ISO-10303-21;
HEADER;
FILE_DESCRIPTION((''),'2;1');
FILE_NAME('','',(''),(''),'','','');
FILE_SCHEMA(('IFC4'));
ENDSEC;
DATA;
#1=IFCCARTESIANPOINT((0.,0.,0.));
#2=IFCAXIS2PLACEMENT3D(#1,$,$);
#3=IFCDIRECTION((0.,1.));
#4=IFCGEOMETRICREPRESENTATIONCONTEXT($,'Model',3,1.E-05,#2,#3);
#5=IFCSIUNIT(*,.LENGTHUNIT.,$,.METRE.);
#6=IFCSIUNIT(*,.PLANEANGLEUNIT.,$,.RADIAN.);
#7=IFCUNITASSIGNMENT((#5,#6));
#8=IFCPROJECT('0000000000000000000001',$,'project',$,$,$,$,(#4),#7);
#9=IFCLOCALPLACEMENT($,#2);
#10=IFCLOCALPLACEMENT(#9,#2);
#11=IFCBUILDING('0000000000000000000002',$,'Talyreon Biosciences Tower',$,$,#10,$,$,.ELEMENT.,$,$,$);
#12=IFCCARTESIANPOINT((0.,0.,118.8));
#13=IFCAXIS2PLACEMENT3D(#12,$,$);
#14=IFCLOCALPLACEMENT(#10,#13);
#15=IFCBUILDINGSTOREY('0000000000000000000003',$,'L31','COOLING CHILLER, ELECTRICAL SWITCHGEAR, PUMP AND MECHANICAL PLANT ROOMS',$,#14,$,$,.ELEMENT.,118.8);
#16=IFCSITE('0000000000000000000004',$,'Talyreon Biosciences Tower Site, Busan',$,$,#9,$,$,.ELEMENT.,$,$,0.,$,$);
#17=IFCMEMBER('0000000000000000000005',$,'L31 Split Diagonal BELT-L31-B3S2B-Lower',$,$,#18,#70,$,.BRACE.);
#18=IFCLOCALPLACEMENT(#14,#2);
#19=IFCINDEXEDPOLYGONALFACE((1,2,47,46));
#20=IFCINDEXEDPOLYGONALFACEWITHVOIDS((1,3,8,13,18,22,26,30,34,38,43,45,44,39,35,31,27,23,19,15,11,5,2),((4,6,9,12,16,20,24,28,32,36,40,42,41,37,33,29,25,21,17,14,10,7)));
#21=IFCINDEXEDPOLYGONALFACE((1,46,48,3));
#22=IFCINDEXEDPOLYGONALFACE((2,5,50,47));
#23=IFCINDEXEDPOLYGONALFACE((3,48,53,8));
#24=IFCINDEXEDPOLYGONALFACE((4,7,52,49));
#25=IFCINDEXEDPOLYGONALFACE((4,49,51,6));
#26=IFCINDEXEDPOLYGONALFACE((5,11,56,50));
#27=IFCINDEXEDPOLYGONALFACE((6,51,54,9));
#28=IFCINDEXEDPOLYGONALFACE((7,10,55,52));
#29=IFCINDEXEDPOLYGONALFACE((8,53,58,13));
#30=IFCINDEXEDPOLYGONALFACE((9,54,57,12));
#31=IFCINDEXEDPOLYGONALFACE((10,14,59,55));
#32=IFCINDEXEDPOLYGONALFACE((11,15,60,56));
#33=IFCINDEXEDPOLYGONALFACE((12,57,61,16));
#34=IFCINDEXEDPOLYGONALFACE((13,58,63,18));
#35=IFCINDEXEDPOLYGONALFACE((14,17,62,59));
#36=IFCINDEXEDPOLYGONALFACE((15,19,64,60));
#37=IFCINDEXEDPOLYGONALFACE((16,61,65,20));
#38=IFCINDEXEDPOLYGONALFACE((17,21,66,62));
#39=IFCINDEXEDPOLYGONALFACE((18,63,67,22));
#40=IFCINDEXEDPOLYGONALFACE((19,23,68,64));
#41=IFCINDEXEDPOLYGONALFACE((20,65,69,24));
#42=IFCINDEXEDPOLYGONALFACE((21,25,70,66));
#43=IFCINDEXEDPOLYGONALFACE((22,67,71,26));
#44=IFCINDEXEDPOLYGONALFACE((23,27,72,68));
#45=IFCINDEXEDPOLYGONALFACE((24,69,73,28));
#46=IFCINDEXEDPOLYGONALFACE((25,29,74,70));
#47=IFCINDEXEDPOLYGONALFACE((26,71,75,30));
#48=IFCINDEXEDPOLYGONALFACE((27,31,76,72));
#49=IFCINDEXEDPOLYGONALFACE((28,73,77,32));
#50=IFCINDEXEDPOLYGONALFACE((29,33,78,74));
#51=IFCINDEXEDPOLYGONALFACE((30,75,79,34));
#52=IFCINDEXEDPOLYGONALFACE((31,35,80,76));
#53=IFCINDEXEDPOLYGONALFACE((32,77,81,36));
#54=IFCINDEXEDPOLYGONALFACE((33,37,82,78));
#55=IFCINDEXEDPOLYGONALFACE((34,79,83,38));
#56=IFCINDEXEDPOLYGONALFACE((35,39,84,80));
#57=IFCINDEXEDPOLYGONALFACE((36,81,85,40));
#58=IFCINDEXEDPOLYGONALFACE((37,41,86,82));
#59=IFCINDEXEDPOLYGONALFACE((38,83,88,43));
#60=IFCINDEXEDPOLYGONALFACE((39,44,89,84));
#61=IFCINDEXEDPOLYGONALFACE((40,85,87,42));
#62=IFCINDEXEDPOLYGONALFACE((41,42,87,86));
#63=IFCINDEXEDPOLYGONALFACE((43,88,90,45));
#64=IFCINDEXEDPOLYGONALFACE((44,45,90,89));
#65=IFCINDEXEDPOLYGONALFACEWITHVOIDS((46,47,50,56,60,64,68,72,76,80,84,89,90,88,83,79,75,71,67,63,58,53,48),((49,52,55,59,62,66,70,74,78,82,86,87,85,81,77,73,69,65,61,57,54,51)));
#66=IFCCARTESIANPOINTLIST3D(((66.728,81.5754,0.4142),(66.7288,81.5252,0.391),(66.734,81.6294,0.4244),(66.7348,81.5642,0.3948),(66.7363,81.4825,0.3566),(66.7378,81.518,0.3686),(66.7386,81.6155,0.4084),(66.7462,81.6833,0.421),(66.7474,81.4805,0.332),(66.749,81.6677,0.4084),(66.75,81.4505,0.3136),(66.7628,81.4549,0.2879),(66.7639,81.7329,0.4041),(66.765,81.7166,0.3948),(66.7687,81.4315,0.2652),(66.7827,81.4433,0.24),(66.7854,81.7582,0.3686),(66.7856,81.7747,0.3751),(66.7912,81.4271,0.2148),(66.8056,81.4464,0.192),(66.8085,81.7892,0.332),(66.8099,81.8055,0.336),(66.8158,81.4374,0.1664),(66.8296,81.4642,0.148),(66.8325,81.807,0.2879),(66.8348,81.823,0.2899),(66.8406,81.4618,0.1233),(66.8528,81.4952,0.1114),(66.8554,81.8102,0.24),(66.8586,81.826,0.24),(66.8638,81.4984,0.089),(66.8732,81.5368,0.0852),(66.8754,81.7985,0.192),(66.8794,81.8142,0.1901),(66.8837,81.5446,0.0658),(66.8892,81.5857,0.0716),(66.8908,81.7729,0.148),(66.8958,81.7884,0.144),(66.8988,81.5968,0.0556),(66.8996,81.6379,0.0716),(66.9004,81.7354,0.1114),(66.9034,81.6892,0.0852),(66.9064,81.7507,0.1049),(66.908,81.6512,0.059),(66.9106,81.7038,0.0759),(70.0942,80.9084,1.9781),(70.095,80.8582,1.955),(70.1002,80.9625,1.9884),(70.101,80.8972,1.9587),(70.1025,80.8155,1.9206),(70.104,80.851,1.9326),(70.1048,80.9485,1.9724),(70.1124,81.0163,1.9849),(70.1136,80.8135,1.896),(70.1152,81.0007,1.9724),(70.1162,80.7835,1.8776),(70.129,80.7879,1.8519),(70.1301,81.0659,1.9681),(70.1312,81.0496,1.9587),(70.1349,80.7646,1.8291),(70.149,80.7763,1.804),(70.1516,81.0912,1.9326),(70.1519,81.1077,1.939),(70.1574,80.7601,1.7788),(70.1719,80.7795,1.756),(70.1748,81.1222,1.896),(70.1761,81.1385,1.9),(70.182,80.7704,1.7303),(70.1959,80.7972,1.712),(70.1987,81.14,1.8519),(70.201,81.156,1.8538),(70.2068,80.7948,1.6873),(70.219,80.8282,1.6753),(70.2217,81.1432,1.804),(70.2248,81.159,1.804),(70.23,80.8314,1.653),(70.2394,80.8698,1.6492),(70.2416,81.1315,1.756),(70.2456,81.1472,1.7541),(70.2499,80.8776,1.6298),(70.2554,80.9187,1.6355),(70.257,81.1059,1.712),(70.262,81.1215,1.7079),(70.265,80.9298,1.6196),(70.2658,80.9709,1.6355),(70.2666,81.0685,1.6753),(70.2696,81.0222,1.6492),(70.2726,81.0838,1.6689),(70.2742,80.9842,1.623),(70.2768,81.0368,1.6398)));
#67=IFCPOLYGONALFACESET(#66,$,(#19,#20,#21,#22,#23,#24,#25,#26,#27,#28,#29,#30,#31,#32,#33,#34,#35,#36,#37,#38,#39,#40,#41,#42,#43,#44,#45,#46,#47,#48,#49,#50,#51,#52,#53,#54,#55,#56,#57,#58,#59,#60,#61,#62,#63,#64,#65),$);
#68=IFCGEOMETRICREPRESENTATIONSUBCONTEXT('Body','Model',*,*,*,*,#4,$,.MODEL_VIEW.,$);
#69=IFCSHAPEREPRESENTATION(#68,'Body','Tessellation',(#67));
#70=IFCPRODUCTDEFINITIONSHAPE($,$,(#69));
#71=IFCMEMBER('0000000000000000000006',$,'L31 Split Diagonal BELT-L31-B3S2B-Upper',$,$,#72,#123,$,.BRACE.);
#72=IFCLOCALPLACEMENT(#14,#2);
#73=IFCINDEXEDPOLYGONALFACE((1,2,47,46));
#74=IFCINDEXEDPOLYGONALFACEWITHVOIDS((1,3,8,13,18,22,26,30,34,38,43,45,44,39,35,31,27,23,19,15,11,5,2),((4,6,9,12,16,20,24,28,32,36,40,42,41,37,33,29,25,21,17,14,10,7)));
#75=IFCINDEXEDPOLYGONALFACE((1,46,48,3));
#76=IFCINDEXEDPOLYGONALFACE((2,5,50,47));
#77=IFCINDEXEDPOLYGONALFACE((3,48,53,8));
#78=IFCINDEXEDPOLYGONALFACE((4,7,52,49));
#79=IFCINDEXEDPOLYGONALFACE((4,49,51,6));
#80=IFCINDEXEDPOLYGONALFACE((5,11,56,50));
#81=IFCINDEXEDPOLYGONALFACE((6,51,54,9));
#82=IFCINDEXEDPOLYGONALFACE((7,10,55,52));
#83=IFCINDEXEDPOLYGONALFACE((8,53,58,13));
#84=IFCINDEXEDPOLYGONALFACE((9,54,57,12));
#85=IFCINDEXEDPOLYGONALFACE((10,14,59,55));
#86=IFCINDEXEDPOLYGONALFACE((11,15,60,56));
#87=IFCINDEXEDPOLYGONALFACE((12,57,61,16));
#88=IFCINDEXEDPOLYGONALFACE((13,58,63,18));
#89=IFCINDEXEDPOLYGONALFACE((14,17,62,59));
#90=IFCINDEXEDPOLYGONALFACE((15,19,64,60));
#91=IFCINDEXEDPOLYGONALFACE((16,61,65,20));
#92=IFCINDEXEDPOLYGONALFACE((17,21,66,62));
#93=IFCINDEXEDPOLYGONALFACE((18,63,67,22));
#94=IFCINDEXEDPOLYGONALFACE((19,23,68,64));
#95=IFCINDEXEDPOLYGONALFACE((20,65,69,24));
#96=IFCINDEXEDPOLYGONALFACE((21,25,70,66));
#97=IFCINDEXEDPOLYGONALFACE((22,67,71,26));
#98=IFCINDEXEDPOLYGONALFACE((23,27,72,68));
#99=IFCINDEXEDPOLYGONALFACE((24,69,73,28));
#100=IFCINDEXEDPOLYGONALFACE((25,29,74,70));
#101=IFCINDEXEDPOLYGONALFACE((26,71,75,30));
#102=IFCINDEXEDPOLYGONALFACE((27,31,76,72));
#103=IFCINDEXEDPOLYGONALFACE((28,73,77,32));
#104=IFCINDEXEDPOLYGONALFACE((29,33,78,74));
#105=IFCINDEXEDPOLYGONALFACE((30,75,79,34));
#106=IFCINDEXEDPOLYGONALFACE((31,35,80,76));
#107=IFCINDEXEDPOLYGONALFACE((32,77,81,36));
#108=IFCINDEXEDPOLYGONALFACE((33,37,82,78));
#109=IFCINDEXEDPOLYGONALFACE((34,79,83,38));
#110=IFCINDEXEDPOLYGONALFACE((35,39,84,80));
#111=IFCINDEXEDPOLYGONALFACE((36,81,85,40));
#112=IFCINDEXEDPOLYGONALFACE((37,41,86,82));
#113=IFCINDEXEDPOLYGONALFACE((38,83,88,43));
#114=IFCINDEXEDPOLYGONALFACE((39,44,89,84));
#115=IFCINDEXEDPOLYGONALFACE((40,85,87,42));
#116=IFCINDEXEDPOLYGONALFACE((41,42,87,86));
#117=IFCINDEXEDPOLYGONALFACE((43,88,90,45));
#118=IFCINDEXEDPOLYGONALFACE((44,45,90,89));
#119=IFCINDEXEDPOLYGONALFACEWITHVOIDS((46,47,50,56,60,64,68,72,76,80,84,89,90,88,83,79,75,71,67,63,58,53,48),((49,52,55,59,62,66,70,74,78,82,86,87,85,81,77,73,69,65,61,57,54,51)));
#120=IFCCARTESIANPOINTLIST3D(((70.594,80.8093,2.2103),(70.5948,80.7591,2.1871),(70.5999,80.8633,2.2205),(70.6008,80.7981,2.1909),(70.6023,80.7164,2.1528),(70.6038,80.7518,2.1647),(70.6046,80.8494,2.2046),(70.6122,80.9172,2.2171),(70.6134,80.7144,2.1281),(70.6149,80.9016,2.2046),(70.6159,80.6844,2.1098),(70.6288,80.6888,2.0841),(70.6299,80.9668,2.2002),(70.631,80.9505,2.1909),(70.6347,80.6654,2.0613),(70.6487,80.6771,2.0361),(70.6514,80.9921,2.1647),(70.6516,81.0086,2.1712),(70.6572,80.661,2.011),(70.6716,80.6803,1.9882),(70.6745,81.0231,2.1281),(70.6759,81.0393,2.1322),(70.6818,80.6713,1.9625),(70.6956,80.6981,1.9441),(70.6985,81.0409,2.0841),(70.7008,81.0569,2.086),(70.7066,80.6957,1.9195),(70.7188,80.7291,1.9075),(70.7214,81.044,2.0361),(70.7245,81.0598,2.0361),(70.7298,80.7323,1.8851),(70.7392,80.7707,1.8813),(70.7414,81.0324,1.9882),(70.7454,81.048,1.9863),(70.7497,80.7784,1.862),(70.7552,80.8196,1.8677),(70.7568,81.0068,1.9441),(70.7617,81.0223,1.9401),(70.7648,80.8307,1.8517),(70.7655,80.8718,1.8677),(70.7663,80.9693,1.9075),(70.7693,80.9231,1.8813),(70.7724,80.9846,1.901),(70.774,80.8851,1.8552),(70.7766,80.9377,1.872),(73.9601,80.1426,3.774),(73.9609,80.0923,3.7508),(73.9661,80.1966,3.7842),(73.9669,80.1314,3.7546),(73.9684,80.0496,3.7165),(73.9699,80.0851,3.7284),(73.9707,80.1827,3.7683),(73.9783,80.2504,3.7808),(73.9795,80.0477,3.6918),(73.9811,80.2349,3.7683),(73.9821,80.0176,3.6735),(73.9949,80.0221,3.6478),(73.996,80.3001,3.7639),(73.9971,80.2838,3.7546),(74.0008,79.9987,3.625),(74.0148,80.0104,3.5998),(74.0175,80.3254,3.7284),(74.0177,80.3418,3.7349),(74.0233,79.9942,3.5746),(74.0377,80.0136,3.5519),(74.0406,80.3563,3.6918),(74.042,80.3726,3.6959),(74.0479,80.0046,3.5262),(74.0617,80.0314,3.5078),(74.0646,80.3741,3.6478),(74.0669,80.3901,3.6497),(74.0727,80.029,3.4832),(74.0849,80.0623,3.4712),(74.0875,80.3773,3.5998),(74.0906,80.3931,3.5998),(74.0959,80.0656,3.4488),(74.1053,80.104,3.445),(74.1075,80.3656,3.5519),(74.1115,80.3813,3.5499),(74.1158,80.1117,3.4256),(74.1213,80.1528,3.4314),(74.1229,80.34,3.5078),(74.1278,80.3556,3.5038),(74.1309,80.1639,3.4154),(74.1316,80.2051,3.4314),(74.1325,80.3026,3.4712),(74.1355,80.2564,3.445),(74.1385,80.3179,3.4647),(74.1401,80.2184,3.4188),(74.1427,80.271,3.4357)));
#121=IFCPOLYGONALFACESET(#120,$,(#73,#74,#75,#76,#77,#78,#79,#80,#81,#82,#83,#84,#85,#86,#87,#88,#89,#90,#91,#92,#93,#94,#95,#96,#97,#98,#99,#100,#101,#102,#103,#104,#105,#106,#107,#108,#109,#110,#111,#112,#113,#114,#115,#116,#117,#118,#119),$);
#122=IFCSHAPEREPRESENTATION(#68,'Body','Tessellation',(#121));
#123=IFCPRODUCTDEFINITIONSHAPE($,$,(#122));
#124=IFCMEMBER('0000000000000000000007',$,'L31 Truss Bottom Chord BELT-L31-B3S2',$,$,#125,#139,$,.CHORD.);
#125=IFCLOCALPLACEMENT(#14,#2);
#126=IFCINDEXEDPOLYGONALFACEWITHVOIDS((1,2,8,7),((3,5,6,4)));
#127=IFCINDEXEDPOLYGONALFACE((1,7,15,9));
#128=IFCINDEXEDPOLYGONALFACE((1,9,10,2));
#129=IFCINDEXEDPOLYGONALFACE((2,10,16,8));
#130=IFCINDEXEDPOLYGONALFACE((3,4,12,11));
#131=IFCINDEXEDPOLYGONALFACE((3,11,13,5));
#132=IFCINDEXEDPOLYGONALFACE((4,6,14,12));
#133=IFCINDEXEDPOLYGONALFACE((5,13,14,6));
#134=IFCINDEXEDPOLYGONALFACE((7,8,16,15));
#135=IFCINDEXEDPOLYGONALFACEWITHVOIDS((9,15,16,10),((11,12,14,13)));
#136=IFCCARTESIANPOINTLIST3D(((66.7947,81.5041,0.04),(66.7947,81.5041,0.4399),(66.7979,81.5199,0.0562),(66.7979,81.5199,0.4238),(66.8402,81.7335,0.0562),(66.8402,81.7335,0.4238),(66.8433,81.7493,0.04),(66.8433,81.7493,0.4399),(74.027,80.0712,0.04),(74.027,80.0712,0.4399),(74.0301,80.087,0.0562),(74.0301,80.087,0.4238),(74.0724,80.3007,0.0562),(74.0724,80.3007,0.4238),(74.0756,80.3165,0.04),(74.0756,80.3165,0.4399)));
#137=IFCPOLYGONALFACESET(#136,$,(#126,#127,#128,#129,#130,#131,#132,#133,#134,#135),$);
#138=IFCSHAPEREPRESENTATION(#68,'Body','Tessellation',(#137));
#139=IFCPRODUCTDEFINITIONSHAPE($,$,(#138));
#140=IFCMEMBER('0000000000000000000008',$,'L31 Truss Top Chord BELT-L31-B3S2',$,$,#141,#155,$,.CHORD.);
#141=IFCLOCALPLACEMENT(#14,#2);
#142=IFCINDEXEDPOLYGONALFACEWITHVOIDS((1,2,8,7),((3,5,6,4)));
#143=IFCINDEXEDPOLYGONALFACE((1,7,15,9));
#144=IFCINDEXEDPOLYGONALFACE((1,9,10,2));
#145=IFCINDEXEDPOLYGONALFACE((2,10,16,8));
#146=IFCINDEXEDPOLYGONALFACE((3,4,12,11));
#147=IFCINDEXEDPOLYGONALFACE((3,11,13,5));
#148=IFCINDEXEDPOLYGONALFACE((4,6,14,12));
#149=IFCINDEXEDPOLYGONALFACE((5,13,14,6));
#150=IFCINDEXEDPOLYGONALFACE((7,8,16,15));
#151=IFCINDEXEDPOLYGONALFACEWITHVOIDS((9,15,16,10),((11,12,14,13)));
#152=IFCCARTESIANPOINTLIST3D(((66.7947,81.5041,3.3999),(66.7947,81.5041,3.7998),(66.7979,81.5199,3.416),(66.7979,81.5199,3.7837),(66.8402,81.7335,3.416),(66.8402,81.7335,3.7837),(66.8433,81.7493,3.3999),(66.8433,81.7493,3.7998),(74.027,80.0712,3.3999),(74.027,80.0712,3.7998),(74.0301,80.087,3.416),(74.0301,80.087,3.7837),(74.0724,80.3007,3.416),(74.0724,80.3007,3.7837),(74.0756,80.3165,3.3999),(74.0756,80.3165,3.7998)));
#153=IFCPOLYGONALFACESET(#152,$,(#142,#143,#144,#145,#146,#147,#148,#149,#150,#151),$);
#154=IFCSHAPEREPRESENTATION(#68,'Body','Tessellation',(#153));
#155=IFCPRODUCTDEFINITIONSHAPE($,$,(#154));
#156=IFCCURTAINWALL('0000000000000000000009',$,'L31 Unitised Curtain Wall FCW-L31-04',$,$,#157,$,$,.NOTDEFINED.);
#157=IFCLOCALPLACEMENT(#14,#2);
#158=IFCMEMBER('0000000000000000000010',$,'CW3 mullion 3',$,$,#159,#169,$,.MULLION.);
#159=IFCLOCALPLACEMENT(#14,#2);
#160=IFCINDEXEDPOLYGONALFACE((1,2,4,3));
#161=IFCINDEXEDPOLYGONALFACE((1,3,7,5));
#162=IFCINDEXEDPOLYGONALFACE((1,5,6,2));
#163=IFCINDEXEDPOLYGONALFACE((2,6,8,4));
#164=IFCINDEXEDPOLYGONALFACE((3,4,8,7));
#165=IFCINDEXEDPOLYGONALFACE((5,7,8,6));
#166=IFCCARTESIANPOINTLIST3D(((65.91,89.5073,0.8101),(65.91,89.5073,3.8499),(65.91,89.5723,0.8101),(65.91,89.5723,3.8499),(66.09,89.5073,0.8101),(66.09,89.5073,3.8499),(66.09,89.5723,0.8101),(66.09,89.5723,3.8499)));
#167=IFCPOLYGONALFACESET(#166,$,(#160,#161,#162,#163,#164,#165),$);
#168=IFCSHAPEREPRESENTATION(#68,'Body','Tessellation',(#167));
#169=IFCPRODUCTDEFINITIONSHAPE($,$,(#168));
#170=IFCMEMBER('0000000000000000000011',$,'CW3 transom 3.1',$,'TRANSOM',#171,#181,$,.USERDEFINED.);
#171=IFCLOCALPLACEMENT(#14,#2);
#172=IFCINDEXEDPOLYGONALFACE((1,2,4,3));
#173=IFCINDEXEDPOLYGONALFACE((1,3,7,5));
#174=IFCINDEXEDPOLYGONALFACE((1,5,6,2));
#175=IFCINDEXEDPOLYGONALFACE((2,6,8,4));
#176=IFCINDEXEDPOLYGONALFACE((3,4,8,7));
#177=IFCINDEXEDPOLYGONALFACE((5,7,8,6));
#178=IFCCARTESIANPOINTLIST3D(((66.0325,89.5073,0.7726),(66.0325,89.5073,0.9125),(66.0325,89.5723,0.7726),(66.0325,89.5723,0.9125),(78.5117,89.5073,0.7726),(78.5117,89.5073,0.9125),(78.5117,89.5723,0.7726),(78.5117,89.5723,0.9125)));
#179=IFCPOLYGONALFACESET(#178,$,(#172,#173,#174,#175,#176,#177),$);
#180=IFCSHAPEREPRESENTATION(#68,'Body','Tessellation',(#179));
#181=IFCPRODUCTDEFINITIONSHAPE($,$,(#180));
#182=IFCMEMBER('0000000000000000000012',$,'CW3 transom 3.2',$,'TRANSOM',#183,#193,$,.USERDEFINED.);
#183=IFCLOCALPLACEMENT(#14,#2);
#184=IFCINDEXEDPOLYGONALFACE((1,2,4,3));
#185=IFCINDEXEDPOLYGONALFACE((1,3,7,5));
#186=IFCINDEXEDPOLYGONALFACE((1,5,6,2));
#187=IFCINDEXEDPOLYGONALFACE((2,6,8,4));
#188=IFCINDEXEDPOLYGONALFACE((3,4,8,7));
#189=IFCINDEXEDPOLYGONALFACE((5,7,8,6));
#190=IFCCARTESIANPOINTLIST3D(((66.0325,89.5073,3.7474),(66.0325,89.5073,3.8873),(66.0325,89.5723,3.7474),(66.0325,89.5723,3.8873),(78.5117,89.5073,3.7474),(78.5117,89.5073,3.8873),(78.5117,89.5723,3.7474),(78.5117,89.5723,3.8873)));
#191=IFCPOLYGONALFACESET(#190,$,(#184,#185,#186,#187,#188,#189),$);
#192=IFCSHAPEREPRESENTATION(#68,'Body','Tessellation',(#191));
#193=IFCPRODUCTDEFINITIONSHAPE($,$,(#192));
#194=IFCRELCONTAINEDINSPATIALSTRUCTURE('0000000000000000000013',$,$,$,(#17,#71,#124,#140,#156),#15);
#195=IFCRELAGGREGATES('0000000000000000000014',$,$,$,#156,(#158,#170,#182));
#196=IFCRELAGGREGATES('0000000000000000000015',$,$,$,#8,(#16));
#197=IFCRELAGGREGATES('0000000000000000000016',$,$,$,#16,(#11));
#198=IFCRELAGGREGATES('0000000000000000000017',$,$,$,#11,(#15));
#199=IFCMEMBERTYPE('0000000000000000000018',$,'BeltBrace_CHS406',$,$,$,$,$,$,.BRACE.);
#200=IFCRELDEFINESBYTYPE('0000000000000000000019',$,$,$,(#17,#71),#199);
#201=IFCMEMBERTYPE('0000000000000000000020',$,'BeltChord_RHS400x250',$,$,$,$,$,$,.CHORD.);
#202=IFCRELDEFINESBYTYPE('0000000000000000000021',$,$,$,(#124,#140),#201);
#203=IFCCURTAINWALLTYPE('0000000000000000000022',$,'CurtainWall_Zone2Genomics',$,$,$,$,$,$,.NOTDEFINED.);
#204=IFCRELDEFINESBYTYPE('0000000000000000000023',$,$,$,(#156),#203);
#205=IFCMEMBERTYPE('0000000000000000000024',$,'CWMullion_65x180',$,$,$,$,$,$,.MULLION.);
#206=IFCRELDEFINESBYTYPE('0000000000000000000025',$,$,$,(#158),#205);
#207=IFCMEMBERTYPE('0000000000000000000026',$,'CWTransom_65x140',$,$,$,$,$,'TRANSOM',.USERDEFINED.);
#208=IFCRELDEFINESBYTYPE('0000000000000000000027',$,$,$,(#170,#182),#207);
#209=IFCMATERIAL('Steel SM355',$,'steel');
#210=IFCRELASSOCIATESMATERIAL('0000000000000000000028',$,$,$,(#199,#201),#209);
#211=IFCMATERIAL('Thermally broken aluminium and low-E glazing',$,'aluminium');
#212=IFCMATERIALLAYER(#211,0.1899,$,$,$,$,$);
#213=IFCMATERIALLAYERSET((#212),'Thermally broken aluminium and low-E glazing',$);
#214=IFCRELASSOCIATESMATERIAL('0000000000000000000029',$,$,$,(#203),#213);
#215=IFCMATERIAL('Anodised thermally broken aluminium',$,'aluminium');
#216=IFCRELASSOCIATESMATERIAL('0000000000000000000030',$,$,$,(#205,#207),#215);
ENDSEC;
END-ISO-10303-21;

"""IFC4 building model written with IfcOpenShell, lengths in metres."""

from ifc_helpers import new_model, si_unit, direction, frame, origin, origin_2d, place, context, subcontext, project, spatial, rectangle, hollow_rectangle, hollow_circle, extrude, material, layer, layer_set, material_profile, profile_set, type_object, element, aggregate, save


model = new_model("IFC4")

# Units and contexts
model_context = context("Model", 3, precision=1e-05, world=origin(), true_north=direction((0.0, 1.0)))
body_context = subcontext(model_context, "Body", "Model", "MODEL_VIEW")
ifc_project = project(units=[si_unit("LENGTHUNIT", "METRE"), si_unit("PLANEANGLEUNIT", "RADIAN")], contexts=[model_context])

# Site, building, storey
site_placement = place(None, origin())
site = spatial("IfcSite", under=ifc_project, at=site_placement, Name="Talyreon Biosciences Tower Site, Busan", CompositionType="ELEMENT", RefElevation=0.0)
building_placement = place(site_placement, origin())
building = spatial("IfcBuilding", under=site, at=building_placement, Name="Talyreon Biosciences Tower", CompositionType="ELEMENT")
storey_placement = place(building_placement, frame((0.0, 0.0, 118.8)))
storey = spatial("IfcBuildingStorey", under=building, at=storey_placement, Name="L31", Description="COOLING CHILLER, ELECTRICAL SWITCHGEAR, PUMP AND MECHANICAL PLANT ROOMS", CompositionType="ELEMENT", Elevation=118.8)

# Members
ifc_material_1 = material(Name="Steel SM355", Category="steel")
ifc_material_profile_1 = material_profile(ifc_material_1, hollow_circle(Radius=0.2031, WallThickness=0.0161, at=origin_2d()), Name="CHS 406.4x16")
ifc_profile_set_1 = profile_set([ifc_material_profile_1], Name="Steel SM355")
member_type_1 = type_object("IfcMemberType", Name="BeltBrace_CHS406", PredefinedType="BRACE", material=ifc_profile_set_1)
member_1_placement = place(storey_placement, frame((66.8191, 81.6267, 0.24), z_axis=(0.892601, -0.176863, 0.414709), x_axis=(0.194365, 0.980929, 0.0)))
element("IfcMember", 1, at=member_1_placement, inside=storey, type_object=member_type_1, Name="L31 Split Diagonal BELT-L31-B3S2B-Lower", PredefinedType="BRACE", context=body_context, shape_type="SweptSolid", body=[
    extrude(hollow_circle(Radius=0.2031, WallThickness=0.0161, at=origin_2d()), origin(), (0.0, 0.0, 1.0), 3.7712),
])
member_2_placement = place(storey_placement, frame((70.6851, 80.8606, 2.0361), z_axis=(0.892635, -0.176805, 0.41466), x_axis=(0.194296, 0.980943, 0.0)))
element("IfcMember", 2, at=member_2_placement, inside=storey, type_object=member_type_1, Name="L31 Split Diagonal BELT-L31-B3S2B-Upper", PredefinedType="BRACE", context=body_context, shape_type="SweptSolid", body=[
    extrude(hollow_circle(Radius=0.2031, WallThickness=0.0161, at=origin_2d()), origin(), (0.0, 0.0, 1.0), 3.771),
])
ifc_material_profile_2 = material_profile(ifc_material_1, hollow_rectangle(XDim=0.25, YDim=0.3999, WallThickness=0.0161, at=origin_2d()), Name="RHS 400x250x16")
ifc_profile_set_2 = profile_set([ifc_material_profile_2], Name="Steel SM355")
member_type_2 = type_object("IfcMemberType", Name="BeltChord_RHS400x250", PredefinedType="CHORD", material=ifc_profile_set_2)
for number, where, z_axis, x_axis, name in (
    (3, (74.0513, 80.1938, 0.24), (-0.980933, 0.194345, 0.0), (-0.194345, -0.980933, 0.0), "L31 Truss Bottom Chord BELT-L31-B3S2"),
    (4, (74.0513, 80.1938, 3.5999), (-0.980933, 0.194345, 0.0), (-0.194345, -0.980933, 0.0), "L31 Truss Top Chord BELT-L31-B3S2"),
):
    element("IfcMember", number, at=place(storey_placement, frame(where, z_axis=z_axis, x_axis=x_axis)), inside=storey, type_object=member_type_2, Name=name, PredefinedType="CHORD", context=body_context, shape_type="SweptSolid", body=[
        extrude(hollow_rectangle(XDim=0.25, YDim=0.3999, WallThickness=0.0161, at=origin_2d()), origin(), (0.0, 0.0, 1.0), 7.3728),
    ])

# Curtain wall, members
ifc_material_2 = material(Name="Thermally broken aluminium and low-E glazing", Category="aluminium")
ifc_layer_1 = layer(ifc_material_2, 0.1899)
ifc_layer_set_1 = layer_set([ifc_layer_1], Name="Thermally broken aluminium and low-E glazing")
curtain_wall_type = type_object("IfcCurtainWallType", Name="CurtainWall_Zone2Genomics", PredefinedType="NOTDEFINED", material=ifc_layer_set_1)
curtain_wall_placement = place(storey_placement, origin())
curtain_wall = element("IfcCurtainWall", 5, at=curtain_wall_placement, inside=storey, type_object=curtain_wall_type, Name="L31 Unitised Curtain Wall FCW-L31-04", PredefinedType="NOTDEFINED")
ifc_material_3 = material(Name="Anodised thermally broken aluminium", Category="aluminium")
ifc_material_profile_3 = material_profile(ifc_material_3, rectangle(XDim=0.0649, YDim=0.1799, at=origin_2d()), Name="ALUM MULLION 65x180")
ifc_profile_set_3 = profile_set([ifc_material_profile_3], Name="Anodised thermally broken aluminium")
member_type_3 = type_object("IfcMemberType", Name="CWMullion_65x180", PredefinedType="MULLION", material=ifc_profile_set_3)
member_3_placement = place(storey_placement, frame((66.0, 89.5398, 0.8101), z_axis=(0.0, 0.0, 1.0), x_axis=(0.0, 1.0, 0.0)))
member_3 = element("IfcMember", 6, at=member_3_placement, type_object=member_type_3, Name="CW3 mullion 3", PredefinedType="MULLION", context=body_context, shape_type="SweptSolid", body=[
    extrude(rectangle(XDim=0.0649, YDim=0.1799, at=origin_2d()), origin(), (0.0, 0.0, 1.0), 3.0398),
])
ifc_material_profile_4 = material_profile(ifc_material_3, rectangle(XDim=0.0649, YDim=0.1399, at=origin_2d()), Name="ALUM TRANSOM 65x140")
ifc_profile_set_4 = profile_set([ifc_material_profile_4], Name="Anodised thermally broken aluminium")
member_type_4 = type_object("IfcMemberType", Name="CWTransom_65x140", ElementType="TRANSOM", PredefinedType="USERDEFINED", material=ifc_profile_set_4)
member_4_placement = place(storey_placement, frame((66.0325, 89.5398, 0.8425), z_axis=(1.0, 0.0, 0.0), x_axis=(0.0, 1.0, 0.0)))
member_4 = element("IfcMember", 7, at=member_4_placement, type_object=member_type_4, Name="CW3 transom 3.1", ObjectType="TRANSOM", PredefinedType="USERDEFINED", context=body_context, shape_type="SweptSolid", body=[
    extrude(rectangle(XDim=0.0649, YDim=0.1399, at=origin_2d()), origin(), (0.0, 0.0, 1.0), 12.4792),
])
member_5_placement = place(storey_placement, frame((66.0325, 89.5398, 3.8174), z_axis=(1.0, 0.0, 0.0), x_axis=(0.0, 1.0, 0.0)))
member_5 = element("IfcMember", 8, at=member_5_placement, type_object=member_type_4, Name="CW3 transom 3.2", ObjectType="TRANSOM", PredefinedType="USERDEFINED", context=body_context, shape_type="SweptSolid", body=[
    extrude(rectangle(XDim=0.0649, YDim=0.1399, at=origin_2d()), origin(), (0.0, 0.0, 1.0), 12.4792),
])

aggregate(curtain_wall, [member_3, member_4, member_5])

save(model, "model.ifc")
